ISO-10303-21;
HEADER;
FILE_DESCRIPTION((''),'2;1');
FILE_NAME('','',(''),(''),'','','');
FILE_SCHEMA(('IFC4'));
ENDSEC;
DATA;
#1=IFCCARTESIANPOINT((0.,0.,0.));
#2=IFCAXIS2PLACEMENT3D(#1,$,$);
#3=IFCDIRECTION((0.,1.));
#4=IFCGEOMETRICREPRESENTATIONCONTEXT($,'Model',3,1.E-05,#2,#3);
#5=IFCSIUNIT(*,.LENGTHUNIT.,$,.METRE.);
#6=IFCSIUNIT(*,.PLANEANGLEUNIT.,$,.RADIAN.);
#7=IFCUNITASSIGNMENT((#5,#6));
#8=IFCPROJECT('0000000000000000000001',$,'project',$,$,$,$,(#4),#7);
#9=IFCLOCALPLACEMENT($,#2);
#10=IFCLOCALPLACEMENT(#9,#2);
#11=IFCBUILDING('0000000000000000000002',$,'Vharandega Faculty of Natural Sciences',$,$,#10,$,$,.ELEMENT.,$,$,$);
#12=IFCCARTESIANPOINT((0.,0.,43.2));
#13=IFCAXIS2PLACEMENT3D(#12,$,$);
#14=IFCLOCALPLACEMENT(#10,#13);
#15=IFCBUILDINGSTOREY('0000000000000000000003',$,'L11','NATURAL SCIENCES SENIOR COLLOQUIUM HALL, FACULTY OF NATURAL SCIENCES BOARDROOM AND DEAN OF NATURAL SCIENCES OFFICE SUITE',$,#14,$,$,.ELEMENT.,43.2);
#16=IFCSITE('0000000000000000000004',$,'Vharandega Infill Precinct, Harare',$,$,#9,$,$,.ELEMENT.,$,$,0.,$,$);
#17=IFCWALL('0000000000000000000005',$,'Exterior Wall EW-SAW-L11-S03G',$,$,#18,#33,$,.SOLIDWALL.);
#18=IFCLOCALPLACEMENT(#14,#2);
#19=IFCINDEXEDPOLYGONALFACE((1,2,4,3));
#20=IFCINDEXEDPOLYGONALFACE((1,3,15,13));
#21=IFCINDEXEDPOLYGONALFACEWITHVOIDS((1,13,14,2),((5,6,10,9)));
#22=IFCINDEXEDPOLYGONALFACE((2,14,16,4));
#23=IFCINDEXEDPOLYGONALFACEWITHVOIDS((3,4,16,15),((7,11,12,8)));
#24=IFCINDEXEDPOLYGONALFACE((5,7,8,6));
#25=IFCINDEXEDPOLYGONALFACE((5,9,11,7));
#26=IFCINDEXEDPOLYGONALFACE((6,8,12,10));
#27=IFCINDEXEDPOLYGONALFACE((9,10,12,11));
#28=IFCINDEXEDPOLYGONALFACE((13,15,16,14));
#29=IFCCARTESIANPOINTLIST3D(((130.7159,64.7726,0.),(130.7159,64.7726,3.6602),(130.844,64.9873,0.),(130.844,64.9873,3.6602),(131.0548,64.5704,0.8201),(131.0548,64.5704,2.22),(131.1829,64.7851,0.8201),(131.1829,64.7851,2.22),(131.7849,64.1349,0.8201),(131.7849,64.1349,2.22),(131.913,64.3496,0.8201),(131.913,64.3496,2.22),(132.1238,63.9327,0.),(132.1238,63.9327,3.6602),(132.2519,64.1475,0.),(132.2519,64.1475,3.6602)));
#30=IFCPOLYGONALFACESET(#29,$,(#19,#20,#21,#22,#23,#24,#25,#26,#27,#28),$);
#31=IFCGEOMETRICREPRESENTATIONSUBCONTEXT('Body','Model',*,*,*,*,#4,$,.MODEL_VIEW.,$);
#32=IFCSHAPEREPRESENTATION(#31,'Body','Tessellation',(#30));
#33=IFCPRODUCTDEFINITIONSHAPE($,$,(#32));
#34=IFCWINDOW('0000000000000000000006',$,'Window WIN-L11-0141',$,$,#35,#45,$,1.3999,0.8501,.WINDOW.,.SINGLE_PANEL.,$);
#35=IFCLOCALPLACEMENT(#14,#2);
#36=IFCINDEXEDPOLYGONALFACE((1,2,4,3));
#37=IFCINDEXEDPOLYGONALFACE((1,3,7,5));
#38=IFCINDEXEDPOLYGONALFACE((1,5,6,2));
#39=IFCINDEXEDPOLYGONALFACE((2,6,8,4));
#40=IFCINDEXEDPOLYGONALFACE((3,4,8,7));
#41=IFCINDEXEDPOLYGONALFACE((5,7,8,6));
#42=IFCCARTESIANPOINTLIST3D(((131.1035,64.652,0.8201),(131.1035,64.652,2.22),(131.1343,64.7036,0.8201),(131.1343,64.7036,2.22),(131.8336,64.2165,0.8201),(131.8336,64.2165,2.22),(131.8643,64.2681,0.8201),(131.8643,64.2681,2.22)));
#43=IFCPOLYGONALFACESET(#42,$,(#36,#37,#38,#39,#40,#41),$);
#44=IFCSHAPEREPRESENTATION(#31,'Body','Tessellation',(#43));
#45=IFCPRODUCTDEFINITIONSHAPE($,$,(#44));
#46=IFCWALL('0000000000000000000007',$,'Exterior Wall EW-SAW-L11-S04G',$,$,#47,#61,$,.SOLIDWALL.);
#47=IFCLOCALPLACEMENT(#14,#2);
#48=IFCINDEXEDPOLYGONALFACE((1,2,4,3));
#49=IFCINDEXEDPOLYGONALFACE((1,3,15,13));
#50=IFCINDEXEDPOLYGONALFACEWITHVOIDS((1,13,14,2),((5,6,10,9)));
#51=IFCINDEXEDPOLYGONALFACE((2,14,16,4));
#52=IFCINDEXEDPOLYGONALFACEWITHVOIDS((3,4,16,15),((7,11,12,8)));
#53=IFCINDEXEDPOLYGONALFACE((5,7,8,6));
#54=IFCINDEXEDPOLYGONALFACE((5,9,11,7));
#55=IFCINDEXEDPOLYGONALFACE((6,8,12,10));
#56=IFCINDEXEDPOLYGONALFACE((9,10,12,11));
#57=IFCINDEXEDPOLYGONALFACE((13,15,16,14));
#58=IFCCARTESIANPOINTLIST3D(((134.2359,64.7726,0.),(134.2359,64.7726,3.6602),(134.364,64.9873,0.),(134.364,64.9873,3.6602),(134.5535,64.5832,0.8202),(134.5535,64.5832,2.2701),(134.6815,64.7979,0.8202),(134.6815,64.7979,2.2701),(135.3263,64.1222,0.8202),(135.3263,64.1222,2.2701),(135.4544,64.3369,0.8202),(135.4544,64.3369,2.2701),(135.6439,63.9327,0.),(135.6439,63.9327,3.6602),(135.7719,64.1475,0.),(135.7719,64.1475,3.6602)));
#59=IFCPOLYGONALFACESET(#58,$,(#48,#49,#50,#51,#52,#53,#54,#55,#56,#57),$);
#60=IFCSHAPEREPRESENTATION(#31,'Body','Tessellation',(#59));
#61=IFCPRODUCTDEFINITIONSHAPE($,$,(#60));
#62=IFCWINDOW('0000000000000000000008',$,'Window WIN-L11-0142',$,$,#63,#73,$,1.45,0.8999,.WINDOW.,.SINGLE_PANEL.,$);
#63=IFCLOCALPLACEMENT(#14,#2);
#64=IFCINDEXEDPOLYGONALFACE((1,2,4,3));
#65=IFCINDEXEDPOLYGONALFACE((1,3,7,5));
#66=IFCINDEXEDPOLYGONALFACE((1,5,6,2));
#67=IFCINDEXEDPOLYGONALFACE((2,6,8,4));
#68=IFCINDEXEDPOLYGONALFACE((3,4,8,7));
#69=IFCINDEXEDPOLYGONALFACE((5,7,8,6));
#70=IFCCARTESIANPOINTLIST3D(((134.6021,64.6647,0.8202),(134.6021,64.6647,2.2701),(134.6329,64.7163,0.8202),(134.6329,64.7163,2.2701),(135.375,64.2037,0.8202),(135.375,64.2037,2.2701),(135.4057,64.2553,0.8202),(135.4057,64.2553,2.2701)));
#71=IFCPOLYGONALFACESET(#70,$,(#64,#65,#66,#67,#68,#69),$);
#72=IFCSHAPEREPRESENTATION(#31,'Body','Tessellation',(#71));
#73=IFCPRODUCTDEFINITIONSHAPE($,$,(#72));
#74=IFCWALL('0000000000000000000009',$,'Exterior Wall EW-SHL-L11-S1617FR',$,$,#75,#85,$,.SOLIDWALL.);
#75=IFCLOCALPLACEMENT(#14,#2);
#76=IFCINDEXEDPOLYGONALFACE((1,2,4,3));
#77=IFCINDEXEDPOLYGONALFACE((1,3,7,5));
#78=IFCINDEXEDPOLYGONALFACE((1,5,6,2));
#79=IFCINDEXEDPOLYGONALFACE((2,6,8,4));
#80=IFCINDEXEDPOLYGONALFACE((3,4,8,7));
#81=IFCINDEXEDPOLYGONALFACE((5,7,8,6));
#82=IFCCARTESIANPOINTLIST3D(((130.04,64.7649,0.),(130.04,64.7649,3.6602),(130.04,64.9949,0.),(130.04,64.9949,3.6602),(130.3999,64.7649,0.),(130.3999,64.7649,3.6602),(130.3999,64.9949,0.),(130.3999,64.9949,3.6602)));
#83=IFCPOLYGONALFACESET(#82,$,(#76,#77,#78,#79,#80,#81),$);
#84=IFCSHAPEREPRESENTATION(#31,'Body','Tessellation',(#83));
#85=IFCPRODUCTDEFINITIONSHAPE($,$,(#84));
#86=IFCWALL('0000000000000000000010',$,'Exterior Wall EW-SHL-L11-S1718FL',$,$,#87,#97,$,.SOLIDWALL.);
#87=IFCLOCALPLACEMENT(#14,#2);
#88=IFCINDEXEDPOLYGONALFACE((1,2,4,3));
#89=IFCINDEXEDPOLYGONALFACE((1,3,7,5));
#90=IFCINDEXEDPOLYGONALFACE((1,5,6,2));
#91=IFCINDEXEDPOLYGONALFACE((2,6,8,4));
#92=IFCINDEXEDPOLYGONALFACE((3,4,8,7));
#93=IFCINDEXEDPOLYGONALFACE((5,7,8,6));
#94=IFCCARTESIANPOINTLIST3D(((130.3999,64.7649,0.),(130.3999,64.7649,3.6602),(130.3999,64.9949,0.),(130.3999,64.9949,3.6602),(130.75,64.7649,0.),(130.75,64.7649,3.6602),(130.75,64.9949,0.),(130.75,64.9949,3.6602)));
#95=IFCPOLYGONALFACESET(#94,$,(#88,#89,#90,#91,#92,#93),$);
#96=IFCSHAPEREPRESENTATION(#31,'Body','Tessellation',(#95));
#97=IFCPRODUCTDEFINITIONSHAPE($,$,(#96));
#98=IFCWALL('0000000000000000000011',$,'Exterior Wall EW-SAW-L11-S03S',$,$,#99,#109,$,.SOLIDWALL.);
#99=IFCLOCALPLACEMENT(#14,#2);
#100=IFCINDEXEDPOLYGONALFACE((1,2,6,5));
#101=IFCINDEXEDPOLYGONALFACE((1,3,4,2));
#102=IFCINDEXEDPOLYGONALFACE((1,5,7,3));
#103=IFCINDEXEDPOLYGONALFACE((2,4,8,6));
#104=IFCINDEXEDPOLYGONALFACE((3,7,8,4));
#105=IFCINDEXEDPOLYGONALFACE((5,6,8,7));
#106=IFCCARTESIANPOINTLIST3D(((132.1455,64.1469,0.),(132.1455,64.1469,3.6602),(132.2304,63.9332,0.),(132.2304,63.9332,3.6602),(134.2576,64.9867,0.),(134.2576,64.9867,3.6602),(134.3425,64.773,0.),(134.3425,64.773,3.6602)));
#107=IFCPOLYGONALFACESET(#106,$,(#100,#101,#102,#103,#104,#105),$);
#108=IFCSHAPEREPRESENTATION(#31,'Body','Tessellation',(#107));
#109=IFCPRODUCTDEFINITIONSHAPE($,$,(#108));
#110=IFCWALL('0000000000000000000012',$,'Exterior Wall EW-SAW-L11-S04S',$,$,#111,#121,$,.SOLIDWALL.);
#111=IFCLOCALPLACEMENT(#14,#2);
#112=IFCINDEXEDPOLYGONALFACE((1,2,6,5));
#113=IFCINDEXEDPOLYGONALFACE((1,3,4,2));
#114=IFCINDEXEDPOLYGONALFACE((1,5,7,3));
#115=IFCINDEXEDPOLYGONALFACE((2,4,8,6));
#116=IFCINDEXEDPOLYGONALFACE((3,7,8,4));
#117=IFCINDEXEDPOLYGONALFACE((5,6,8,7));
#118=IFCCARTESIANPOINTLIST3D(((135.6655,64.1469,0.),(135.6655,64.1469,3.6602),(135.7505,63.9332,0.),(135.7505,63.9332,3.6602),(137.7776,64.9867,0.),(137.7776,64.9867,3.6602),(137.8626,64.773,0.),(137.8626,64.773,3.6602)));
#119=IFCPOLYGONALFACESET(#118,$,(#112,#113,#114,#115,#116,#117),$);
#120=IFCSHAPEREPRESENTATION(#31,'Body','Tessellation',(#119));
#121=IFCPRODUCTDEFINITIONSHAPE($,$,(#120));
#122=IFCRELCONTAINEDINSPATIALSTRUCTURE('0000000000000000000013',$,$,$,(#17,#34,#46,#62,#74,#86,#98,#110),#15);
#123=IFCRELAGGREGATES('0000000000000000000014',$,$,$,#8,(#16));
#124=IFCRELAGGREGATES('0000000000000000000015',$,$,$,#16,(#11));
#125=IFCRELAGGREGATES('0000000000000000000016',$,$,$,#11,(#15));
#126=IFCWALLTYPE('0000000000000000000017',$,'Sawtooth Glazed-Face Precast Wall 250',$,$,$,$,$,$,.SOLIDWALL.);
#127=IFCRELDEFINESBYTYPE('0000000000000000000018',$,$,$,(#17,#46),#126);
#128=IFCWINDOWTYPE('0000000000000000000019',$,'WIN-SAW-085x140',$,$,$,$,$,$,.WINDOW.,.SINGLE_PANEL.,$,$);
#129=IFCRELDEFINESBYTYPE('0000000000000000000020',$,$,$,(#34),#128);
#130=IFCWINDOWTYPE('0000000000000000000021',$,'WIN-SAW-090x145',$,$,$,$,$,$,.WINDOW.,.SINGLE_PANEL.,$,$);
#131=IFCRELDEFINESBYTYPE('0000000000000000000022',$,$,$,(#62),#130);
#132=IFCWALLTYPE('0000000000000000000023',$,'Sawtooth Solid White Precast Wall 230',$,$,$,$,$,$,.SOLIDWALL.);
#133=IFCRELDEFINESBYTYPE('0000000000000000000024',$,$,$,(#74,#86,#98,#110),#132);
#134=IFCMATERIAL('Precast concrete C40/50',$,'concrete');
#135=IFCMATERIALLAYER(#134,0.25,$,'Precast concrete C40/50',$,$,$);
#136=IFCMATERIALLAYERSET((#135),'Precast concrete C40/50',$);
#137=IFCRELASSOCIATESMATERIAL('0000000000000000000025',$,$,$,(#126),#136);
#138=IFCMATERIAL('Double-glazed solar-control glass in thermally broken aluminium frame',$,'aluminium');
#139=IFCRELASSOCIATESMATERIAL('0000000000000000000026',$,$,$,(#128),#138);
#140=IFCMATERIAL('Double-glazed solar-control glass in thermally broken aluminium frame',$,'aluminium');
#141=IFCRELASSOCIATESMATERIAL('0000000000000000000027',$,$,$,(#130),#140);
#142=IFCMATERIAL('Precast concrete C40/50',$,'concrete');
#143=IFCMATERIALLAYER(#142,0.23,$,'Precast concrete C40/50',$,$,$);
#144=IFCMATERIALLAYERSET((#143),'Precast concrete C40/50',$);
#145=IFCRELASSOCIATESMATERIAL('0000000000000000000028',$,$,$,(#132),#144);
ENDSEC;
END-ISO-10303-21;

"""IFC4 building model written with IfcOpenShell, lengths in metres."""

from ifc_helpers import new_model, si_unit, direction, frame, frame_2d, origin, place, context, subcontext, project, spatial, rectangle, extrude, material, layer, layer_set, type_object, element, fill, save


model = new_model("IFC4")

# Units and contexts
model_context = context("Model", 3, precision=1e-05, world=origin(), true_north=direction((0.0, 1.0)))
body_context = subcontext(model_context, "Body", "Model", "MODEL_VIEW")
ifc_project = project(units=[si_unit("LENGTHUNIT", "METRE"), si_unit("PLANEANGLEUNIT", "RADIAN")], contexts=[model_context])

# Site, building, storey
site_placement = place(None, origin())
site = spatial("IfcSite", under=ifc_project, at=site_placement, Name="Vharandega Infill Precinct, Harare", CompositionType="ELEMENT", RefElevation=0.0)
building_placement = place(site_placement, origin())
building = spatial("IfcBuilding", under=site, at=building_placement, Name="Vharandega Faculty of Natural Sciences", CompositionType="ELEMENT")
storey_placement = place(building_placement, frame((0.0, 0.0, 43.2)))
storey = spatial("IfcBuildingStorey", under=building, at=storey_placement, Name="L11", Description="NATURAL SCIENCES SENIOR COLLOQUIUM HALL, FACULTY OF NATURAL SCIENCES BOARDROOM AND DEAN OF NATURAL SCIENCES OFFICE SUITE", CompositionType="ELEMENT", Elevation=43.2)

# Walls, openings, windows
ifc_material_1 = material(Name="Precast concrete C40/50", Category="concrete")
ifc_layer_1 = layer(ifc_material_1, 0.25, Name="Precast concrete C40/50")
ifc_layer_set_1 = layer_set([ifc_layer_1], Name="Precast concrete C40/50")
wall_type_1 = type_object("IfcWallType", Name="Sawtooth Glazed-Face Precast Wall 250", PredefinedType="SOLIDWALL", material=ifc_layer_set_1)
wall_1_placement = place(storey_placement, frame((132.188, 64.04, 0.0), z_axis=(0.0, 0.0, 1.0), x_axis=(-0.858817, 0.512282, 0.0)))
wall_1 = element("IfcWall", 1, at=wall_1_placement, inside=storey, type_object=wall_type_1, Name="Exterior Wall EW-SAW-L11-S03G", PredefinedType="SOLIDWALL", context=body_context, shape_type="SweptSolid", body=[
    extrude(rectangle(XDim=1.6394, YDim=0.25, at=frame_2d((0.8198, 0.0))), origin(), (0.0, 0.0, 1.0), 3.6602),
])
opening_1_placement = place(wall_1_placement, frame((0.3948, 0.0, 0.8201)))
opening_1 = element("IfcOpeningElement", 2, at=opening_1_placement, cuts=wall_1, PredefinedType="OPENING", context=body_context, shape_type="SweptSolid", body=[
    extrude(rectangle(XDim=0.8501, YDim=1.3999, at=frame_2d((0.425, 0.7))), frame((0.0, 0.135, 0.0), z_axis=(0.0, -1.0, 0.0), x_axis=(1.0, 0.0, 0.0)), (0.0, 0.0, 1.0), 0.27),
])
ifc_material_2 = material(Name="Double-glazed solar-control glass in thermally broken aluminium frame", Category="aluminium")
window_type_1 = type_object("IfcWindowType", Name="WIN-SAW-085x140", PartitioningType="SINGLE_PANEL", PredefinedType="WINDOW", material=ifc_material_2)
window_1_placement = place(opening_1_placement, origin())
window_1 = element("IfcWindow", 3, at=window_1_placement, inside=storey, type_object=window_type_1, Name="Window WIN-L11-0141", OverallHeight=1.3999, OverallWidth=0.8501, PartitioningType="SINGLE_PANEL", PredefinedType="WINDOW", context=body_context, shape_type="SweptSolid", body=[
    extrude(rectangle(XDim=0.8501, YDim=1.3999, at=frame_2d((0.425, 0.7))), frame((0.0, 0.03, 0.0), z_axis=(0.0, -1.0, 0.0), x_axis=(1.0, 0.0, 0.0)), (0.0, 0.0, 1.0), 0.0601),
])
fill(opening_1, window_1)
wall_2_placement = place(storey_placement, frame((135.708, 64.04, 0.0), z_axis=(0.0, 0.0, 1.0), x_axis=(-0.858817, 0.512282, 0.0)))
wall_2 = element("IfcWall", 4, at=wall_2_placement, inside=storey, type_object=wall_type_1, Name="Exterior Wall EW-SAW-L11-S04G", PredefinedType="SOLIDWALL", context=body_context, shape_type="SweptSolid", body=[
    extrude(rectangle(XDim=1.6394, YDim=0.25, at=frame_2d((0.8198, 0.0))), origin(), (0.0, 0.0, 1.0), 3.6602),
])
opening_2_placement = place(wall_2_placement, frame((0.3699, 0.0, 0.8201)))
opening_2 = element("IfcOpeningElement", 5, at=opening_2_placement, cuts=wall_2, PredefinedType="OPENING", context=body_context, shape_type="SweptSolid", body=[
    extrude(rectangle(XDim=0.8999, YDim=1.45, at=frame_2d((0.45, 0.7251))), frame((0.0, 0.135, 0.0), z_axis=(0.0, -1.0, 0.0), x_axis=(1.0, 0.0, 0.0)), (0.0, 0.0, 1.0), 0.27),
])
ifc_material_3 = material(Name="Double-glazed solar-control glass in thermally broken aluminium frame", Category="aluminium")
window_type_2 = type_object("IfcWindowType", Name="WIN-SAW-090x145", PartitioningType="SINGLE_PANEL", PredefinedType="WINDOW", material=ifc_material_3)
window_2_placement = place(opening_2_placement, origin())
window_2 = element("IfcWindow", 6, at=window_2_placement, inside=storey, type_object=window_type_2, Name="Window WIN-L11-0142", OverallHeight=1.45, OverallWidth=0.8999, PartitioningType="SINGLE_PANEL", PredefinedType="WINDOW", context=body_context, shape_type="SweptSolid", body=[
    extrude(rectangle(XDim=0.8999, YDim=1.45, at=frame_2d((0.45, 0.7251))), frame((0.0, 0.03, 0.0), z_axis=(0.0, -1.0, 0.0), x_axis=(1.0, 0.0, 0.0)), (0.0, 0.0, 1.0), 0.0601),
])
fill(opening_2, window_2)

# Walls
ifc_material_4 = material(Name="Precast concrete C40/50", Category="concrete")
ifc_layer_2 = layer(ifc_material_4, 0.23, Name="Precast concrete C40/50")
ifc_layer_set_2 = layer_set([ifc_layer_2], Name="Precast concrete C40/50")
wall_type_2 = type_object("IfcWallType", Name="Sawtooth Solid White Precast Wall 230", PredefinedType="SOLIDWALL", material=ifc_layer_set_2)
wall_3_placement = place(storey_placement, frame((130.3999, 64.8799, 0.0), z_axis=(0.0, 0.0, 1.0), x_axis=(-1.0, 0.0, 0.0)))
element("IfcWall", 7, at=wall_3_placement, inside=storey, type_object=wall_type_2, Name="Exterior Wall EW-SHL-L11-S1617FR", PredefinedType="SOLIDWALL", context=body_context, shape_type="SweptSolid", body=[
    extrude(rectangle(XDim=0.3599, YDim=0.23, at=frame_2d((0.1799, 0.0))), origin(), (0.0, 0.0, 1.0), 3.6602),
])
wall_4_placement = place(storey_placement, frame((130.75, 64.8799, 0.0), z_axis=(0.0, 0.0, 1.0), x_axis=(-1.0, 0.0, 0.0)))
element("IfcWall", 8, at=wall_4_placement, inside=storey, type_object=wall_type_2, Name="Exterior Wall EW-SHL-L11-S1718FL", PredefinedType="SOLIDWALL", context=body_context, shape_type="SweptSolid", body=[
    extrude(rectangle(XDim=0.3501, YDim=0.23, at=frame_2d((0.175, 0.0))), origin(), (0.0, 0.0, 1.0), 3.6602),
])
for number, where, z_axis, x_axis, name in (
    (9, (134.3, 64.8799, 0.0), (0.0, 0.0, 1.0), (-0.92923, -0.369501, 0.0), "Exterior Wall EW-SAW-L11-S03S"),
    (10, (137.8201, 64.8799, 0.0), (0.0, 0.0, 1.0), (-0.92923, -0.369501, 0.0), "Exterior Wall EW-SAW-L11-S04S"),
):
    element("IfcWall", number, at=place(storey_placement, frame(where, z_axis=z_axis, x_axis=x_axis)), inside=storey, type_object=wall_type_2, Name=name, PredefinedType="SOLIDWALL", context=body_context, shape_type="SweptSolid", body=[
        extrude(rectangle(XDim=2.2729, YDim=0.23, at=frame_2d((1.1365, 0.0))), origin(), (0.0, 0.0, 1.0), 3.6602),
    ])

save(model, "model.ifc")
